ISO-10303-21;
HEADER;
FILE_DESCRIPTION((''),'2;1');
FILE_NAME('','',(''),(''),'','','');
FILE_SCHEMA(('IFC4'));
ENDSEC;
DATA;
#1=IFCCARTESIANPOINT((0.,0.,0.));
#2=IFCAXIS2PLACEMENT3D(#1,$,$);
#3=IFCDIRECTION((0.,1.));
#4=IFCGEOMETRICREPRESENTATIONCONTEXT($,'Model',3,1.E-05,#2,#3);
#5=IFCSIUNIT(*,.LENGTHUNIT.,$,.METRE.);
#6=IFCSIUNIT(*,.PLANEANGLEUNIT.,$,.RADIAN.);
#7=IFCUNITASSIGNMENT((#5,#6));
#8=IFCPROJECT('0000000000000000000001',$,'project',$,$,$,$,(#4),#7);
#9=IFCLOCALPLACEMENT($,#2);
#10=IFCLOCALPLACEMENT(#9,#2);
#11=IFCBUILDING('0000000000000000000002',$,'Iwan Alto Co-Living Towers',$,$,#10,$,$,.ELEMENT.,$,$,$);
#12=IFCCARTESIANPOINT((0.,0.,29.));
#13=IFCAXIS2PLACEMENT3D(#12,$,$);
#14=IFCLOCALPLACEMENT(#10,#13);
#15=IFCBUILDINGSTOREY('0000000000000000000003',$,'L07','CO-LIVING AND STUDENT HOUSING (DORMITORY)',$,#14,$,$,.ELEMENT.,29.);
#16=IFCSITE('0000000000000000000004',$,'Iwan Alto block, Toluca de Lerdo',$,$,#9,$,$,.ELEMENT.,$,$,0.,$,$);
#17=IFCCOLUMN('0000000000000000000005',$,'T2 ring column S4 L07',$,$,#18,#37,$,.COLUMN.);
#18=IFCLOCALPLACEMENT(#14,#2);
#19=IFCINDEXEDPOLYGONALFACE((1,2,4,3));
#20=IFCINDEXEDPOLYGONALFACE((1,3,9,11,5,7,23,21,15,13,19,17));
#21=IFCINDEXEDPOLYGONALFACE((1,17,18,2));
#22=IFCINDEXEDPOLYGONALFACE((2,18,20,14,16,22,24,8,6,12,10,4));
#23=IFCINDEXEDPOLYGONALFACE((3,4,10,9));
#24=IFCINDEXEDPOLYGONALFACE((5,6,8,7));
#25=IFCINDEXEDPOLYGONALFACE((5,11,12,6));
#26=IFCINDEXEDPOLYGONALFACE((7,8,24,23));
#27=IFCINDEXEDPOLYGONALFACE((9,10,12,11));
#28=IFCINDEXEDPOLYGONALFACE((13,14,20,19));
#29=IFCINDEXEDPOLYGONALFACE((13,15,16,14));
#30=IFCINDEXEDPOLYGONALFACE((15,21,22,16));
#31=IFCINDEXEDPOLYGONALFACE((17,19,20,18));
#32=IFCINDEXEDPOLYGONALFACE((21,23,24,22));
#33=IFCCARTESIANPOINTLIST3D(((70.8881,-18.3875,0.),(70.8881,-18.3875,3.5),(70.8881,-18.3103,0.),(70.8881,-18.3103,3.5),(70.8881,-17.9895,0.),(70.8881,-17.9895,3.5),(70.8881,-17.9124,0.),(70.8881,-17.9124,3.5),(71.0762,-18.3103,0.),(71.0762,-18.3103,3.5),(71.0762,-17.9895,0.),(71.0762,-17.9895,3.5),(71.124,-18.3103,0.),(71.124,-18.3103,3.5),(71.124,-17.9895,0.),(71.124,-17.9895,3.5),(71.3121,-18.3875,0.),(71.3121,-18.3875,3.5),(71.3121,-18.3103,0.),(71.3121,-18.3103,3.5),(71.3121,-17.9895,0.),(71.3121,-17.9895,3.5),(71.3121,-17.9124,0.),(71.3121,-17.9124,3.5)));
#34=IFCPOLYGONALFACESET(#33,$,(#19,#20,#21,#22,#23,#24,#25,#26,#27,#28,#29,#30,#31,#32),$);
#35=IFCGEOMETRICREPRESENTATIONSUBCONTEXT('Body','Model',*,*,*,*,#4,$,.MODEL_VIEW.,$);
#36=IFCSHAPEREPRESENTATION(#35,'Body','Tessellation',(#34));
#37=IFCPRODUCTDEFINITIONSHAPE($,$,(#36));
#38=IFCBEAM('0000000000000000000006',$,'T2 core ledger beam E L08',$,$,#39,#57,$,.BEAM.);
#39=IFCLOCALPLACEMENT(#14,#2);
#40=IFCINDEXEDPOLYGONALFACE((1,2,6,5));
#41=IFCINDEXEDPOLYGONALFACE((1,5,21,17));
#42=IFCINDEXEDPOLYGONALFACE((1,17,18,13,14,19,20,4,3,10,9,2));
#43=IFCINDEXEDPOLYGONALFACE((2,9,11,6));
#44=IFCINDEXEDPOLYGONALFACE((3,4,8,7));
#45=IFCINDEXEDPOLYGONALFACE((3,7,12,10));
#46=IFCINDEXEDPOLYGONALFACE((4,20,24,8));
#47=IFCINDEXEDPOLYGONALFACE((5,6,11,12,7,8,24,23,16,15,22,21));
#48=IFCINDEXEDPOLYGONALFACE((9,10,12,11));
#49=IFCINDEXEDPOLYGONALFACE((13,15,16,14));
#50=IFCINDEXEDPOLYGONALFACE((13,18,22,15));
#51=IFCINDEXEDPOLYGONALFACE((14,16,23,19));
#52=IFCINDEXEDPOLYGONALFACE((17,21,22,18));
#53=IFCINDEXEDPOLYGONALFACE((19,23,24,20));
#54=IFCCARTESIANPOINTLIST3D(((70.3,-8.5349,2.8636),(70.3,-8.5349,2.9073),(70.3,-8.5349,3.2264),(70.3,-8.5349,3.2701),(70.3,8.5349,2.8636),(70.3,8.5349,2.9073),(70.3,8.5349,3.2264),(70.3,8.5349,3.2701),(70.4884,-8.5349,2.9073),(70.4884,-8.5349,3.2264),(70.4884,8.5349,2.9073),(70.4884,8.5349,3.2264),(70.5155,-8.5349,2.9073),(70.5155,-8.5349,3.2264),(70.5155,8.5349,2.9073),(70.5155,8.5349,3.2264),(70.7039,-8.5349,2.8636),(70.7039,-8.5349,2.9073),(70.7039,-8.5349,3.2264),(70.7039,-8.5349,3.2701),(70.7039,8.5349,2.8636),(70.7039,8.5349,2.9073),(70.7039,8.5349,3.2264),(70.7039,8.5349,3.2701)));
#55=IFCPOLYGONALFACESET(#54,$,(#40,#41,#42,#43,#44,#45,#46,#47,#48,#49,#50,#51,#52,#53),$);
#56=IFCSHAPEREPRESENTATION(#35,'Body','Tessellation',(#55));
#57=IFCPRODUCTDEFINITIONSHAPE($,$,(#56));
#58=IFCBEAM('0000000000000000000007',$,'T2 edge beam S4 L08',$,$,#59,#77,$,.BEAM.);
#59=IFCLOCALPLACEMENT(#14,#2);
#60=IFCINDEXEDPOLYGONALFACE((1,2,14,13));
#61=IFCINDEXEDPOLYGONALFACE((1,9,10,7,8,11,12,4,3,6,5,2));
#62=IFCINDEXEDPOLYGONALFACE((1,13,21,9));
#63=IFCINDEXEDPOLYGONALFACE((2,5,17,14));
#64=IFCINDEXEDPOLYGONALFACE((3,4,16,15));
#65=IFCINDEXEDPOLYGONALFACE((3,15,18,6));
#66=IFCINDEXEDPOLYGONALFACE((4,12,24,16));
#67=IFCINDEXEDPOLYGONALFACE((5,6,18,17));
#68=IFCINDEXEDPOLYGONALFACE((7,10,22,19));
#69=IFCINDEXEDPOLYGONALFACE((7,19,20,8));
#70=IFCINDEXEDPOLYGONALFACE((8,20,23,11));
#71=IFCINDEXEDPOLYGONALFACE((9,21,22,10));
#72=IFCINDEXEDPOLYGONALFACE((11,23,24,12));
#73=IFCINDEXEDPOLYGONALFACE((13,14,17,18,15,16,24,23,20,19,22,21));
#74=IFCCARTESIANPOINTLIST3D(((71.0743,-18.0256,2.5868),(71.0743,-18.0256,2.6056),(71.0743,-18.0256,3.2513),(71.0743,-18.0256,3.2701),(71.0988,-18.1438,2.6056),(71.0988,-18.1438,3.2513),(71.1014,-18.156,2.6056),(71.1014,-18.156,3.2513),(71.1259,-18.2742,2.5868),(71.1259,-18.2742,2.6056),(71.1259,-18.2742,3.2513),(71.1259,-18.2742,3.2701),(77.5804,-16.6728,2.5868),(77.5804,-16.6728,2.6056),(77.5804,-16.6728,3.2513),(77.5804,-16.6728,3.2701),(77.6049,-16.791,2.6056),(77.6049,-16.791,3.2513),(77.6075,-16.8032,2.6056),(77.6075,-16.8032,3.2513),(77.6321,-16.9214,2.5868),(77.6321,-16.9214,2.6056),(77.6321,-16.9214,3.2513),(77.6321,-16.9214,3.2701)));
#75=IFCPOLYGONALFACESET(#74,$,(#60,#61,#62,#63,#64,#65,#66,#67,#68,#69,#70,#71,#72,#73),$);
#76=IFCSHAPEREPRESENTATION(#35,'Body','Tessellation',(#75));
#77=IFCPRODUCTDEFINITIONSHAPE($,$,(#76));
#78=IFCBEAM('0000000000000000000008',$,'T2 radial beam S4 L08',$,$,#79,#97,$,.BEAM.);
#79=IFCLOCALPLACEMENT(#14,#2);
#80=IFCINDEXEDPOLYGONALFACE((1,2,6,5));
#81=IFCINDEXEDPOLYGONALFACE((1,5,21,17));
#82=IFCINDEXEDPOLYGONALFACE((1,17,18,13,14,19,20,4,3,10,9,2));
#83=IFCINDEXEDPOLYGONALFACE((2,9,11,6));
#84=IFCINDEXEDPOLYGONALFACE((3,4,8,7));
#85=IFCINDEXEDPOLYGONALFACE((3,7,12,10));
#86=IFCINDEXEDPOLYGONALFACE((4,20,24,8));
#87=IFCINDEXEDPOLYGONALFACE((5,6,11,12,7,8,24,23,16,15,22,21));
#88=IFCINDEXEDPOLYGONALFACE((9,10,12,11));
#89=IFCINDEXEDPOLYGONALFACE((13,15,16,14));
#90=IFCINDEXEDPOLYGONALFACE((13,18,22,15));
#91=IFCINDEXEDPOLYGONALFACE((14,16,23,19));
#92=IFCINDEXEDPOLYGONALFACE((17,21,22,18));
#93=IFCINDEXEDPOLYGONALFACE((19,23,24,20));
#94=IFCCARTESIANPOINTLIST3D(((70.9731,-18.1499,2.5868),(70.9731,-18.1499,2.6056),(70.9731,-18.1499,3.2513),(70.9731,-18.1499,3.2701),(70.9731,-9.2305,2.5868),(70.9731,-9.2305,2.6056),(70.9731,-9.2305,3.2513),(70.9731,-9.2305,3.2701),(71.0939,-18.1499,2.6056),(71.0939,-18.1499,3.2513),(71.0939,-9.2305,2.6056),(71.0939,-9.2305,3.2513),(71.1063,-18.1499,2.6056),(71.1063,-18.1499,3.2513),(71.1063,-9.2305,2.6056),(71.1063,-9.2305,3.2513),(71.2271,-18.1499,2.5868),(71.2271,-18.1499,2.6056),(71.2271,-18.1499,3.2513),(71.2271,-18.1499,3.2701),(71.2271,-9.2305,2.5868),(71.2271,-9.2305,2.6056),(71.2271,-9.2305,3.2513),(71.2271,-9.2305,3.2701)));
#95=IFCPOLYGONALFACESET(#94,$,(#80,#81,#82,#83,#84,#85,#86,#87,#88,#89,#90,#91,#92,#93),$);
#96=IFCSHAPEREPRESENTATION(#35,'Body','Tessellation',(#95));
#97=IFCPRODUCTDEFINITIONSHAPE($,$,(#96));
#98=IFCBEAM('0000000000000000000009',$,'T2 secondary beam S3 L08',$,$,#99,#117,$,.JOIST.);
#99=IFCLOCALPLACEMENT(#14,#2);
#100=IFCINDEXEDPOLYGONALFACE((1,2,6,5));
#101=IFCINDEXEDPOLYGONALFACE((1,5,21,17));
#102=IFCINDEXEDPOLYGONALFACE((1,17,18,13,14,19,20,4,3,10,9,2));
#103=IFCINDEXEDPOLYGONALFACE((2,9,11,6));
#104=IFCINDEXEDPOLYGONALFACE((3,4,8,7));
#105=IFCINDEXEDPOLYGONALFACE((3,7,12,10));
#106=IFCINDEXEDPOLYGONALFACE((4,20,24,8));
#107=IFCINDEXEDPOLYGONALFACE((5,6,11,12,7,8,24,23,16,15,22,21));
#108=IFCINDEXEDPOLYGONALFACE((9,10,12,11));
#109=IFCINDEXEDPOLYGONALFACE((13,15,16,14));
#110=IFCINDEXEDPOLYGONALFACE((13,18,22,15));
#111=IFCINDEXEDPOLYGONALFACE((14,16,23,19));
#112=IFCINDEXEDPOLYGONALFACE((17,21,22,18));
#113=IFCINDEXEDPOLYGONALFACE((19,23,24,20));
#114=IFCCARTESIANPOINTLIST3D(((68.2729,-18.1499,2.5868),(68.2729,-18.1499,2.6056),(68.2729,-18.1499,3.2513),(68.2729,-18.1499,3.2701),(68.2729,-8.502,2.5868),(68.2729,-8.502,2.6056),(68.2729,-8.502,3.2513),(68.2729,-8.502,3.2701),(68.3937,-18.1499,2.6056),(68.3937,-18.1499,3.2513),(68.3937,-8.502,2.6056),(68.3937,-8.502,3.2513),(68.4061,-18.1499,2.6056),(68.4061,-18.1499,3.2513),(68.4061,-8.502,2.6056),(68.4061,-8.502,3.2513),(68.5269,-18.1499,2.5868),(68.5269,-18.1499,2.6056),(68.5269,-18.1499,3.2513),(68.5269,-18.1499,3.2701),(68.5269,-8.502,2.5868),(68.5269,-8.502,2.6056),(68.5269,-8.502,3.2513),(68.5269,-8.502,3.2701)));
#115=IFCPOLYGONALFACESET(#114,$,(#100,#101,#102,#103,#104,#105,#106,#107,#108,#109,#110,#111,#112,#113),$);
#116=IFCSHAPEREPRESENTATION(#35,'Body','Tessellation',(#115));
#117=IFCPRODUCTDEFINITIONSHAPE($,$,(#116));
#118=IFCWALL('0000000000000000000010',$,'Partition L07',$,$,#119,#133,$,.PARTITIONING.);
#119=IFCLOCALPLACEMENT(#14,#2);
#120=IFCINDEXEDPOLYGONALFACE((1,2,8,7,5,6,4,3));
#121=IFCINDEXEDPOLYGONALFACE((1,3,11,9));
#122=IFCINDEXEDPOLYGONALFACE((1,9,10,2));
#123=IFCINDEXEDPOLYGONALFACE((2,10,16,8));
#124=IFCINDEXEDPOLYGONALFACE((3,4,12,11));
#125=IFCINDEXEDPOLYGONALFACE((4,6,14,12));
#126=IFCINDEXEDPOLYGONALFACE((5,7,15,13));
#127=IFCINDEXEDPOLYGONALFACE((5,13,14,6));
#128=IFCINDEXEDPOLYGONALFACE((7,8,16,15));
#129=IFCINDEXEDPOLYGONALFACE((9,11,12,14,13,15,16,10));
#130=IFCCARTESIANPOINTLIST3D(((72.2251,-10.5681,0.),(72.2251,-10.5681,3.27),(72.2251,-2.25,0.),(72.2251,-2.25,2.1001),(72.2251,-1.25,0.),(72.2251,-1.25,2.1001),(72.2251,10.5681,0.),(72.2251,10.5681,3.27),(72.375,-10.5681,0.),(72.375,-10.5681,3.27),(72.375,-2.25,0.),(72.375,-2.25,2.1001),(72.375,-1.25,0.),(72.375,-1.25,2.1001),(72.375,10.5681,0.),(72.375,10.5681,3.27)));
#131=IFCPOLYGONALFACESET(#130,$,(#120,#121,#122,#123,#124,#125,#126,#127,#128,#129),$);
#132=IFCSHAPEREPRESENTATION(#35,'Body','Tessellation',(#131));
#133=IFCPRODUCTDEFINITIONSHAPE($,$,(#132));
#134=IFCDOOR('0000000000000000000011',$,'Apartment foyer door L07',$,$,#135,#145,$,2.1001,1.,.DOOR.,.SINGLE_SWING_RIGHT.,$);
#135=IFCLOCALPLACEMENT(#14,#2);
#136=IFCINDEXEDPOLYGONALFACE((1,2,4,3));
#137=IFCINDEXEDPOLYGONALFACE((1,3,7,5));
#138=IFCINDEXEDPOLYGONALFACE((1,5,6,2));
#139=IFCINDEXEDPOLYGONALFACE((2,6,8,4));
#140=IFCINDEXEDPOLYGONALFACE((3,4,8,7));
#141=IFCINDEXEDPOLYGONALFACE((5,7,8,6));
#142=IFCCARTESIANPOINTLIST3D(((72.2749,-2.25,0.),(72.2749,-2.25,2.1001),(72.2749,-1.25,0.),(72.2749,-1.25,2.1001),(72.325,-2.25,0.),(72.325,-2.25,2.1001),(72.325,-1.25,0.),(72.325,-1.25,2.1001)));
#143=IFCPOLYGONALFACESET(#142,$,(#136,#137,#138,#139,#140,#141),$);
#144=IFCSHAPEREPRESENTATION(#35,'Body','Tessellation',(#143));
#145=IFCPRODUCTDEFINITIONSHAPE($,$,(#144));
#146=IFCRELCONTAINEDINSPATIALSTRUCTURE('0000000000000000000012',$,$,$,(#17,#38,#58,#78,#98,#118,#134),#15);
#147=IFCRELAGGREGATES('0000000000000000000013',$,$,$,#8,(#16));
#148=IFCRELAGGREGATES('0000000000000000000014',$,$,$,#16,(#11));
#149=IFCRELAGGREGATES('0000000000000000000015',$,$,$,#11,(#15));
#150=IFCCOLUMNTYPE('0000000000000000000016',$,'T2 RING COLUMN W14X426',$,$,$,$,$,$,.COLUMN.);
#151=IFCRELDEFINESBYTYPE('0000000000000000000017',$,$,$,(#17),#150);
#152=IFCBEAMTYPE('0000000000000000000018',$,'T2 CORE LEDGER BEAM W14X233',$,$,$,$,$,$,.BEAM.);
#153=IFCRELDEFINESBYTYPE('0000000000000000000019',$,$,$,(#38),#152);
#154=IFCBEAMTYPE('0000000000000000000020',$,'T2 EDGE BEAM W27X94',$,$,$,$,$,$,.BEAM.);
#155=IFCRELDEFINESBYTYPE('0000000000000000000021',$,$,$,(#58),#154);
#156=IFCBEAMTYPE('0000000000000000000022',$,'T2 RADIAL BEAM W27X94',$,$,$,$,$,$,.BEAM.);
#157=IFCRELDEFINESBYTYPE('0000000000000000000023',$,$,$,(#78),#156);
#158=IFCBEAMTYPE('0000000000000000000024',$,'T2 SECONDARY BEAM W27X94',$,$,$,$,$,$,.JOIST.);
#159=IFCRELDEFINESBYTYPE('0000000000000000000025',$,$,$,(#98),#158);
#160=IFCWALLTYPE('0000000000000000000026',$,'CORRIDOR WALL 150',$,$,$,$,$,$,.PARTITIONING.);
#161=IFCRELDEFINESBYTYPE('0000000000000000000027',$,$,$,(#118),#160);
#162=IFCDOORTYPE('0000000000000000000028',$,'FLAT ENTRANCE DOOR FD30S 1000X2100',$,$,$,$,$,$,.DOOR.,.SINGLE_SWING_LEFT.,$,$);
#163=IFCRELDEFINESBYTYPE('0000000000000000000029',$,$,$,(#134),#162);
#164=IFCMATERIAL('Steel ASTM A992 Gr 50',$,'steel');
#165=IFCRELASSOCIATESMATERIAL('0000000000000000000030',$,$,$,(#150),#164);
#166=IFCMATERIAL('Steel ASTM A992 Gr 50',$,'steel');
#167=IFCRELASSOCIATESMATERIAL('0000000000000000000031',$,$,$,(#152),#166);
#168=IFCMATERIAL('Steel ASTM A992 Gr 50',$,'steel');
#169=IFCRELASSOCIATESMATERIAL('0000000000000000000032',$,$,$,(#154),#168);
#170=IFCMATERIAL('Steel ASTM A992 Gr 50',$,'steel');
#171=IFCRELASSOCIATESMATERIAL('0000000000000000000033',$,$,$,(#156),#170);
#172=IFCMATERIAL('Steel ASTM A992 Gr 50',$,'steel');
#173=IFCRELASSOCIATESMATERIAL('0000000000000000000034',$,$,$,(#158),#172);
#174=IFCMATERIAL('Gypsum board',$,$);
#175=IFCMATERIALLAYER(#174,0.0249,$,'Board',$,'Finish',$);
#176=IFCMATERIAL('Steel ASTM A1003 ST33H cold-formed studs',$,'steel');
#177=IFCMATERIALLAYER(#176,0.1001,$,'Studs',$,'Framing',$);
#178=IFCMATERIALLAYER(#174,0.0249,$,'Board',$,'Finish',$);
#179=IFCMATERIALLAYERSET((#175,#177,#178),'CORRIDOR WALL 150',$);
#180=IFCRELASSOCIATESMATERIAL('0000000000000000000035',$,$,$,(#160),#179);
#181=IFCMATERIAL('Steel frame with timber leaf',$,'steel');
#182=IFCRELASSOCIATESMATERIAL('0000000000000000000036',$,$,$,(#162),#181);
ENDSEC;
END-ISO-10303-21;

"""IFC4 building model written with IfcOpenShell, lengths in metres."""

from ifc_helpers import new_model, si_unit, direction, frame, frame_2d, origin, origin_2d, place, context, subcontext, project, spatial, rectangle, i_section, extrude, material, layer, layer_set, material_profile, profile_set, type_object, element, fill, save


model = new_model("IFC4")

# Units and contexts
model_context = context("Model", 3, precision=1e-05, world=origin(), true_north=direction((0.0, 1.0)))
body_context = subcontext(model_context, "Body", "Model", "MODEL_VIEW")
ifc_project = project(units=[si_unit("LENGTHUNIT", "METRE"), si_unit("PLANEANGLEUNIT", "RADIAN")], contexts=[model_context])

# Site, building, storey
site_placement = place(None, origin())
site = spatial("IfcSite", under=ifc_project, at=site_placement, Name="Iwan Alto block, Toluca de Lerdo", CompositionType="ELEMENT", RefElevation=0.0)
building_placement = place(site_placement, origin())
building = spatial("IfcBuilding", under=site, at=building_placement, Name="Iwan Alto Co-Living Towers", CompositionType="ELEMENT")
storey_placement = place(building_placement, frame((0.0, 0.0, 29.0)))
storey = spatial("IfcBuildingStorey", under=building, at=storey_placement, Name="L07", Description="CO-LIVING AND STUDENT HOUSING (DORMITORY)", CompositionType="ELEMENT", Elevation=29.0)

# Column
ifc_material_1 = material(Name="Steel ASTM A992 Gr 50", Category="steel")
ifc_material_profile_1 = material_profile(ifc_material_1, i_section(OverallWidth=0.4241, OverallDepth=0.4751, WebThickness=0.0479, FlangeThickness=0.0771, at=origin_2d()), Name="W14X426")
ifc_profile_set_1 = profile_set([ifc_material_profile_1], Name="Steel ASTM A992 Gr 50")
column_type = type_object("IfcColumnType", Name="T2 RING COLUMN W14X426", PredefinedType="COLUMN", material=ifc_profile_set_1)
column_placement = place(storey_placement, frame((71.1001, -18.1499, 0.0), z_axis=(0.0, 0.0, 1.0), x_axis=(1.0, 0.0, 0.0)))
element("IfcColumn", 1, at=column_placement, inside=storey, type_object=column_type, Name="T2 ring column S4 L07", PredefinedType="COLUMN", context=body_context, shape_type="SweptSolid", body=[
    extrude(i_section(OverallWidth=0.4241, OverallDepth=0.4751, WebThickness=0.0479, FlangeThickness=0.0771, at=origin_2d()), origin(), (0.0, 0.0, 1.0), 3.5),
])

# Beams
ifc_material_2 = material(Name="Steel ASTM A992 Gr 50", Category="steel")
ifc_material_profile_2 = material_profile(ifc_material_2, i_section(OverallWidth=0.4038, OverallDepth=0.4065, WebThickness=0.0271, FlangeThickness=0.0437, at=origin_2d()), Name="W14X233")
ifc_profile_set_2 = profile_set([ifc_material_profile_2], Name="Steel ASTM A992 Gr 50")
beam_type_1 = type_object("IfcBeamType", Name="T2 CORE LEDGER BEAM W14X233", PredefinedType="BEAM", material=ifc_profile_set_2)
beam_1_placement = place(storey_placement, frame((70.502, -8.5349, 3.0669), z_axis=(0.0, 1.0, 0.0), x_axis=(-1.0, 0.0, 0.0)))
element("IfcBeam", 2, at=beam_1_placement, inside=storey, type_object=beam_type_1, Name="T2 core ledger beam E L08", PredefinedType="BEAM", context=body_context, shape_type="SweptSolid", body=[
    extrude(i_section(OverallWidth=0.4038, OverallDepth=0.4065, WebThickness=0.0271, FlangeThickness=0.0437, at=origin_2d()), origin(), (0.0, 0.0, 1.0), 17.0698),
])
ifc_material_3 = material(Name="Steel ASTM A992 Gr 50", Category="steel")
ifc_material_profile_3 = material_profile(ifc_material_3, i_section(OverallWidth=0.2539, OverallDepth=0.6833, WebThickness=0.0125, FlangeThickness=0.0188, at=origin_2d()), Name="W27X94")
ifc_profile_set_3 = profile_set([ifc_material_profile_3], Name="Steel ASTM A992 Gr 50")
beam_type_2 = type_object("IfcBeamType", Name="T2 EDGE BEAM W27X94", PredefinedType="BEAM", material=ifc_profile_set_3)
beam_2_placement = place(storey_placement, frame((71.1001, -18.1499, 2.9285), z_axis=(0.97906, 0.203571, 0.0), x_axis=(-0.203571, 0.97906, 0.0)))
element("IfcBeam", 3, at=beam_2_placement, inside=storey, type_object=beam_type_2, Name="T2 edge beam S4 L08", PredefinedType="BEAM", context=body_context, shape_type="SweptSolid", body=[
    extrude(i_section(OverallWidth=0.2539, OverallDepth=0.6833, WebThickness=0.0125, FlangeThickness=0.0188, at=origin_2d()), origin(), (0.0, 0.0, 1.0), 6.6453),
])
ifc_material_4 = material(Name="Steel ASTM A992 Gr 50", Category="steel")
ifc_material_profile_4 = material_profile(ifc_material_4, i_section(OverallWidth=0.2539, OverallDepth=0.6833, WebThickness=0.0125, FlangeThickness=0.0188, at=origin_2d()), Name="W27X94")
ifc_profile_set_4 = profile_set([ifc_material_profile_4], Name="Steel ASTM A992 Gr 50")
beam_type_3 = type_object("IfcBeamType", Name="T2 RADIAL BEAM W27X94", PredefinedType="BEAM", material=ifc_profile_set_4)
beam_3_placement = place(storey_placement, frame((71.1001, -18.1499, 2.9285), z_axis=(0.0, 1.0, 0.0), x_axis=(-1.0, 0.0, 0.0)))
element("IfcBeam", 4, at=beam_3_placement, inside=storey, type_object=beam_type_3, Name="T2 radial beam S4 L08", PredefinedType="BEAM", context=body_context, shape_type="SweptSolid", body=[
    extrude(i_section(OverallWidth=0.2539, OverallDepth=0.6833, WebThickness=0.0125, FlangeThickness=0.0188, at=origin_2d()), origin(), (0.0, 0.0, 1.0), 8.9194),
])
ifc_material_5 = material(Name="Steel ASTM A992 Gr 50", Category="steel")
ifc_material_profile_5 = material_profile(ifc_material_5, i_section(OverallWidth=0.2539, OverallDepth=0.6833, WebThickness=0.0125, FlangeThickness=0.0188, at=origin_2d()), Name="W27X94")
ifc_profile_set_5 = profile_set([ifc_material_profile_5], Name="Steel ASTM A992 Gr 50")
beam_type_4 = type_object("IfcBeamType", Name="T2 SECONDARY BEAM W27X94", PredefinedType="JOIST", material=ifc_profile_set_5)
beam_4_placement = place(storey_placement, frame((68.3999, -18.1499, 2.9285), z_axis=(0.0, 1.0, 0.0), x_axis=(-1.0, 0.0, 0.0)))
element("IfcBeam", 5, at=beam_4_placement, inside=storey, type_object=beam_type_4, Name="T2 secondary beam S3 L08", PredefinedType="JOIST", context=body_context, shape_type="SweptSolid", body=[
    extrude(i_section(OverallWidth=0.2539, OverallDepth=0.6833, WebThickness=0.0125, FlangeThickness=0.0188, at=origin_2d()), origin(), (0.0, 0.0, 1.0), 9.6479),
])

# Wall, opening, door
ifc_material_6 = material(Name="Gypsum board")
ifc_layer_1 = layer(ifc_material_6, 0.0249, Name="Board", Category="Finish")
ifc_material_7 = material(Name="Steel ASTM A1003 ST33H cold-formed studs", Category="steel")
ifc_layer_2 = layer(ifc_material_7, 0.1001, Name="Studs", Category="Framing")
ifc_layer_3 = layer(ifc_material_6, 0.0249, Name="Board", Category="Finish")
ifc_layer_set_1 = layer_set([ifc_layer_1, ifc_layer_2, ifc_layer_3], Name="CORRIDOR WALL 150")
wall_type_1 = type_object("IfcWallType", Name="CORRIDOR WALL 150", PredefinedType="PARTITIONING", material=ifc_layer_set_1)
wall_1_placement = place(storey_placement, frame((72.3, -10.5681, 0.0), z_axis=(0.0, 0.0, 1.0), x_axis=(0.0, 1.0, 0.0)))
wall_1 = element("IfcWall", 6, at=wall_1_placement, inside=storey, type_object=wall_type_1, Name="Partition L07", PredefinedType="PARTITIONING", context=body_context, shape_type="SweptSolid", body=[
    extrude(rectangle(XDim=21.1362, YDim=0.1499, at=frame_2d((10.5681, 0.0))), origin(), (0.0, 0.0, 1.0), 3.27),
])
opening_1_placement = place(wall_1_placement, frame((8.3181, 0.0, 0.0)))
opening_1 = element("IfcOpeningElement", 7, at=opening_1_placement, cuts=wall_1, PredefinedType="OPENING", context=body_context, shape_type="SweptSolid", body=[
    extrude(rectangle(XDim=1.0, YDim=2.1001, at=frame_2d((0.5, 1.05))), frame((0.0, 0.085, 0.0), z_axis=(0.0, -1.0, 0.0), x_axis=(1.0, 0.0, 0.0)), (0.0, 0.0, 1.0), 0.1699),
])
ifc_material_8 = material(Name="Steel frame with timber leaf", Category="steel")
door_type_1 = type_object("IfcDoorType", Name="FLAT ENTRANCE DOOR FD30S 1000X2100", OperationType="SINGLE_SWING_LEFT", PredefinedType="DOOR", material=ifc_material_8)
door_1_placement = place(opening_1_placement, frame((1.0, 0.0, 0.0), z_axis=(0.0, 0.0, 1.0), x_axis=(-1.0, 0.0, 0.0)))
door_1 = element("IfcDoor", 8, at=door_1_placement, inside=storey, type_object=door_type_1, Name="Apartment foyer door L07", OperationType="SINGLE_SWING_RIGHT", OverallHeight=2.1001, OverallWidth=1.0, PredefinedType="DOOR", context=body_context, shape_type="SweptSolid", body=[
    extrude(rectangle(XDim=1.0, YDim=2.1001, at=frame_2d((0.5, 1.05))), frame((0.0, 0.0249, 0.0), z_axis=(0.0, -1.0, 0.0), x_axis=(1.0, 0.0, 0.0)), (0.0, 0.0, 1.0), 0.05),
])
fill(opening_1, door_1)

save(model, "model.ifc")
